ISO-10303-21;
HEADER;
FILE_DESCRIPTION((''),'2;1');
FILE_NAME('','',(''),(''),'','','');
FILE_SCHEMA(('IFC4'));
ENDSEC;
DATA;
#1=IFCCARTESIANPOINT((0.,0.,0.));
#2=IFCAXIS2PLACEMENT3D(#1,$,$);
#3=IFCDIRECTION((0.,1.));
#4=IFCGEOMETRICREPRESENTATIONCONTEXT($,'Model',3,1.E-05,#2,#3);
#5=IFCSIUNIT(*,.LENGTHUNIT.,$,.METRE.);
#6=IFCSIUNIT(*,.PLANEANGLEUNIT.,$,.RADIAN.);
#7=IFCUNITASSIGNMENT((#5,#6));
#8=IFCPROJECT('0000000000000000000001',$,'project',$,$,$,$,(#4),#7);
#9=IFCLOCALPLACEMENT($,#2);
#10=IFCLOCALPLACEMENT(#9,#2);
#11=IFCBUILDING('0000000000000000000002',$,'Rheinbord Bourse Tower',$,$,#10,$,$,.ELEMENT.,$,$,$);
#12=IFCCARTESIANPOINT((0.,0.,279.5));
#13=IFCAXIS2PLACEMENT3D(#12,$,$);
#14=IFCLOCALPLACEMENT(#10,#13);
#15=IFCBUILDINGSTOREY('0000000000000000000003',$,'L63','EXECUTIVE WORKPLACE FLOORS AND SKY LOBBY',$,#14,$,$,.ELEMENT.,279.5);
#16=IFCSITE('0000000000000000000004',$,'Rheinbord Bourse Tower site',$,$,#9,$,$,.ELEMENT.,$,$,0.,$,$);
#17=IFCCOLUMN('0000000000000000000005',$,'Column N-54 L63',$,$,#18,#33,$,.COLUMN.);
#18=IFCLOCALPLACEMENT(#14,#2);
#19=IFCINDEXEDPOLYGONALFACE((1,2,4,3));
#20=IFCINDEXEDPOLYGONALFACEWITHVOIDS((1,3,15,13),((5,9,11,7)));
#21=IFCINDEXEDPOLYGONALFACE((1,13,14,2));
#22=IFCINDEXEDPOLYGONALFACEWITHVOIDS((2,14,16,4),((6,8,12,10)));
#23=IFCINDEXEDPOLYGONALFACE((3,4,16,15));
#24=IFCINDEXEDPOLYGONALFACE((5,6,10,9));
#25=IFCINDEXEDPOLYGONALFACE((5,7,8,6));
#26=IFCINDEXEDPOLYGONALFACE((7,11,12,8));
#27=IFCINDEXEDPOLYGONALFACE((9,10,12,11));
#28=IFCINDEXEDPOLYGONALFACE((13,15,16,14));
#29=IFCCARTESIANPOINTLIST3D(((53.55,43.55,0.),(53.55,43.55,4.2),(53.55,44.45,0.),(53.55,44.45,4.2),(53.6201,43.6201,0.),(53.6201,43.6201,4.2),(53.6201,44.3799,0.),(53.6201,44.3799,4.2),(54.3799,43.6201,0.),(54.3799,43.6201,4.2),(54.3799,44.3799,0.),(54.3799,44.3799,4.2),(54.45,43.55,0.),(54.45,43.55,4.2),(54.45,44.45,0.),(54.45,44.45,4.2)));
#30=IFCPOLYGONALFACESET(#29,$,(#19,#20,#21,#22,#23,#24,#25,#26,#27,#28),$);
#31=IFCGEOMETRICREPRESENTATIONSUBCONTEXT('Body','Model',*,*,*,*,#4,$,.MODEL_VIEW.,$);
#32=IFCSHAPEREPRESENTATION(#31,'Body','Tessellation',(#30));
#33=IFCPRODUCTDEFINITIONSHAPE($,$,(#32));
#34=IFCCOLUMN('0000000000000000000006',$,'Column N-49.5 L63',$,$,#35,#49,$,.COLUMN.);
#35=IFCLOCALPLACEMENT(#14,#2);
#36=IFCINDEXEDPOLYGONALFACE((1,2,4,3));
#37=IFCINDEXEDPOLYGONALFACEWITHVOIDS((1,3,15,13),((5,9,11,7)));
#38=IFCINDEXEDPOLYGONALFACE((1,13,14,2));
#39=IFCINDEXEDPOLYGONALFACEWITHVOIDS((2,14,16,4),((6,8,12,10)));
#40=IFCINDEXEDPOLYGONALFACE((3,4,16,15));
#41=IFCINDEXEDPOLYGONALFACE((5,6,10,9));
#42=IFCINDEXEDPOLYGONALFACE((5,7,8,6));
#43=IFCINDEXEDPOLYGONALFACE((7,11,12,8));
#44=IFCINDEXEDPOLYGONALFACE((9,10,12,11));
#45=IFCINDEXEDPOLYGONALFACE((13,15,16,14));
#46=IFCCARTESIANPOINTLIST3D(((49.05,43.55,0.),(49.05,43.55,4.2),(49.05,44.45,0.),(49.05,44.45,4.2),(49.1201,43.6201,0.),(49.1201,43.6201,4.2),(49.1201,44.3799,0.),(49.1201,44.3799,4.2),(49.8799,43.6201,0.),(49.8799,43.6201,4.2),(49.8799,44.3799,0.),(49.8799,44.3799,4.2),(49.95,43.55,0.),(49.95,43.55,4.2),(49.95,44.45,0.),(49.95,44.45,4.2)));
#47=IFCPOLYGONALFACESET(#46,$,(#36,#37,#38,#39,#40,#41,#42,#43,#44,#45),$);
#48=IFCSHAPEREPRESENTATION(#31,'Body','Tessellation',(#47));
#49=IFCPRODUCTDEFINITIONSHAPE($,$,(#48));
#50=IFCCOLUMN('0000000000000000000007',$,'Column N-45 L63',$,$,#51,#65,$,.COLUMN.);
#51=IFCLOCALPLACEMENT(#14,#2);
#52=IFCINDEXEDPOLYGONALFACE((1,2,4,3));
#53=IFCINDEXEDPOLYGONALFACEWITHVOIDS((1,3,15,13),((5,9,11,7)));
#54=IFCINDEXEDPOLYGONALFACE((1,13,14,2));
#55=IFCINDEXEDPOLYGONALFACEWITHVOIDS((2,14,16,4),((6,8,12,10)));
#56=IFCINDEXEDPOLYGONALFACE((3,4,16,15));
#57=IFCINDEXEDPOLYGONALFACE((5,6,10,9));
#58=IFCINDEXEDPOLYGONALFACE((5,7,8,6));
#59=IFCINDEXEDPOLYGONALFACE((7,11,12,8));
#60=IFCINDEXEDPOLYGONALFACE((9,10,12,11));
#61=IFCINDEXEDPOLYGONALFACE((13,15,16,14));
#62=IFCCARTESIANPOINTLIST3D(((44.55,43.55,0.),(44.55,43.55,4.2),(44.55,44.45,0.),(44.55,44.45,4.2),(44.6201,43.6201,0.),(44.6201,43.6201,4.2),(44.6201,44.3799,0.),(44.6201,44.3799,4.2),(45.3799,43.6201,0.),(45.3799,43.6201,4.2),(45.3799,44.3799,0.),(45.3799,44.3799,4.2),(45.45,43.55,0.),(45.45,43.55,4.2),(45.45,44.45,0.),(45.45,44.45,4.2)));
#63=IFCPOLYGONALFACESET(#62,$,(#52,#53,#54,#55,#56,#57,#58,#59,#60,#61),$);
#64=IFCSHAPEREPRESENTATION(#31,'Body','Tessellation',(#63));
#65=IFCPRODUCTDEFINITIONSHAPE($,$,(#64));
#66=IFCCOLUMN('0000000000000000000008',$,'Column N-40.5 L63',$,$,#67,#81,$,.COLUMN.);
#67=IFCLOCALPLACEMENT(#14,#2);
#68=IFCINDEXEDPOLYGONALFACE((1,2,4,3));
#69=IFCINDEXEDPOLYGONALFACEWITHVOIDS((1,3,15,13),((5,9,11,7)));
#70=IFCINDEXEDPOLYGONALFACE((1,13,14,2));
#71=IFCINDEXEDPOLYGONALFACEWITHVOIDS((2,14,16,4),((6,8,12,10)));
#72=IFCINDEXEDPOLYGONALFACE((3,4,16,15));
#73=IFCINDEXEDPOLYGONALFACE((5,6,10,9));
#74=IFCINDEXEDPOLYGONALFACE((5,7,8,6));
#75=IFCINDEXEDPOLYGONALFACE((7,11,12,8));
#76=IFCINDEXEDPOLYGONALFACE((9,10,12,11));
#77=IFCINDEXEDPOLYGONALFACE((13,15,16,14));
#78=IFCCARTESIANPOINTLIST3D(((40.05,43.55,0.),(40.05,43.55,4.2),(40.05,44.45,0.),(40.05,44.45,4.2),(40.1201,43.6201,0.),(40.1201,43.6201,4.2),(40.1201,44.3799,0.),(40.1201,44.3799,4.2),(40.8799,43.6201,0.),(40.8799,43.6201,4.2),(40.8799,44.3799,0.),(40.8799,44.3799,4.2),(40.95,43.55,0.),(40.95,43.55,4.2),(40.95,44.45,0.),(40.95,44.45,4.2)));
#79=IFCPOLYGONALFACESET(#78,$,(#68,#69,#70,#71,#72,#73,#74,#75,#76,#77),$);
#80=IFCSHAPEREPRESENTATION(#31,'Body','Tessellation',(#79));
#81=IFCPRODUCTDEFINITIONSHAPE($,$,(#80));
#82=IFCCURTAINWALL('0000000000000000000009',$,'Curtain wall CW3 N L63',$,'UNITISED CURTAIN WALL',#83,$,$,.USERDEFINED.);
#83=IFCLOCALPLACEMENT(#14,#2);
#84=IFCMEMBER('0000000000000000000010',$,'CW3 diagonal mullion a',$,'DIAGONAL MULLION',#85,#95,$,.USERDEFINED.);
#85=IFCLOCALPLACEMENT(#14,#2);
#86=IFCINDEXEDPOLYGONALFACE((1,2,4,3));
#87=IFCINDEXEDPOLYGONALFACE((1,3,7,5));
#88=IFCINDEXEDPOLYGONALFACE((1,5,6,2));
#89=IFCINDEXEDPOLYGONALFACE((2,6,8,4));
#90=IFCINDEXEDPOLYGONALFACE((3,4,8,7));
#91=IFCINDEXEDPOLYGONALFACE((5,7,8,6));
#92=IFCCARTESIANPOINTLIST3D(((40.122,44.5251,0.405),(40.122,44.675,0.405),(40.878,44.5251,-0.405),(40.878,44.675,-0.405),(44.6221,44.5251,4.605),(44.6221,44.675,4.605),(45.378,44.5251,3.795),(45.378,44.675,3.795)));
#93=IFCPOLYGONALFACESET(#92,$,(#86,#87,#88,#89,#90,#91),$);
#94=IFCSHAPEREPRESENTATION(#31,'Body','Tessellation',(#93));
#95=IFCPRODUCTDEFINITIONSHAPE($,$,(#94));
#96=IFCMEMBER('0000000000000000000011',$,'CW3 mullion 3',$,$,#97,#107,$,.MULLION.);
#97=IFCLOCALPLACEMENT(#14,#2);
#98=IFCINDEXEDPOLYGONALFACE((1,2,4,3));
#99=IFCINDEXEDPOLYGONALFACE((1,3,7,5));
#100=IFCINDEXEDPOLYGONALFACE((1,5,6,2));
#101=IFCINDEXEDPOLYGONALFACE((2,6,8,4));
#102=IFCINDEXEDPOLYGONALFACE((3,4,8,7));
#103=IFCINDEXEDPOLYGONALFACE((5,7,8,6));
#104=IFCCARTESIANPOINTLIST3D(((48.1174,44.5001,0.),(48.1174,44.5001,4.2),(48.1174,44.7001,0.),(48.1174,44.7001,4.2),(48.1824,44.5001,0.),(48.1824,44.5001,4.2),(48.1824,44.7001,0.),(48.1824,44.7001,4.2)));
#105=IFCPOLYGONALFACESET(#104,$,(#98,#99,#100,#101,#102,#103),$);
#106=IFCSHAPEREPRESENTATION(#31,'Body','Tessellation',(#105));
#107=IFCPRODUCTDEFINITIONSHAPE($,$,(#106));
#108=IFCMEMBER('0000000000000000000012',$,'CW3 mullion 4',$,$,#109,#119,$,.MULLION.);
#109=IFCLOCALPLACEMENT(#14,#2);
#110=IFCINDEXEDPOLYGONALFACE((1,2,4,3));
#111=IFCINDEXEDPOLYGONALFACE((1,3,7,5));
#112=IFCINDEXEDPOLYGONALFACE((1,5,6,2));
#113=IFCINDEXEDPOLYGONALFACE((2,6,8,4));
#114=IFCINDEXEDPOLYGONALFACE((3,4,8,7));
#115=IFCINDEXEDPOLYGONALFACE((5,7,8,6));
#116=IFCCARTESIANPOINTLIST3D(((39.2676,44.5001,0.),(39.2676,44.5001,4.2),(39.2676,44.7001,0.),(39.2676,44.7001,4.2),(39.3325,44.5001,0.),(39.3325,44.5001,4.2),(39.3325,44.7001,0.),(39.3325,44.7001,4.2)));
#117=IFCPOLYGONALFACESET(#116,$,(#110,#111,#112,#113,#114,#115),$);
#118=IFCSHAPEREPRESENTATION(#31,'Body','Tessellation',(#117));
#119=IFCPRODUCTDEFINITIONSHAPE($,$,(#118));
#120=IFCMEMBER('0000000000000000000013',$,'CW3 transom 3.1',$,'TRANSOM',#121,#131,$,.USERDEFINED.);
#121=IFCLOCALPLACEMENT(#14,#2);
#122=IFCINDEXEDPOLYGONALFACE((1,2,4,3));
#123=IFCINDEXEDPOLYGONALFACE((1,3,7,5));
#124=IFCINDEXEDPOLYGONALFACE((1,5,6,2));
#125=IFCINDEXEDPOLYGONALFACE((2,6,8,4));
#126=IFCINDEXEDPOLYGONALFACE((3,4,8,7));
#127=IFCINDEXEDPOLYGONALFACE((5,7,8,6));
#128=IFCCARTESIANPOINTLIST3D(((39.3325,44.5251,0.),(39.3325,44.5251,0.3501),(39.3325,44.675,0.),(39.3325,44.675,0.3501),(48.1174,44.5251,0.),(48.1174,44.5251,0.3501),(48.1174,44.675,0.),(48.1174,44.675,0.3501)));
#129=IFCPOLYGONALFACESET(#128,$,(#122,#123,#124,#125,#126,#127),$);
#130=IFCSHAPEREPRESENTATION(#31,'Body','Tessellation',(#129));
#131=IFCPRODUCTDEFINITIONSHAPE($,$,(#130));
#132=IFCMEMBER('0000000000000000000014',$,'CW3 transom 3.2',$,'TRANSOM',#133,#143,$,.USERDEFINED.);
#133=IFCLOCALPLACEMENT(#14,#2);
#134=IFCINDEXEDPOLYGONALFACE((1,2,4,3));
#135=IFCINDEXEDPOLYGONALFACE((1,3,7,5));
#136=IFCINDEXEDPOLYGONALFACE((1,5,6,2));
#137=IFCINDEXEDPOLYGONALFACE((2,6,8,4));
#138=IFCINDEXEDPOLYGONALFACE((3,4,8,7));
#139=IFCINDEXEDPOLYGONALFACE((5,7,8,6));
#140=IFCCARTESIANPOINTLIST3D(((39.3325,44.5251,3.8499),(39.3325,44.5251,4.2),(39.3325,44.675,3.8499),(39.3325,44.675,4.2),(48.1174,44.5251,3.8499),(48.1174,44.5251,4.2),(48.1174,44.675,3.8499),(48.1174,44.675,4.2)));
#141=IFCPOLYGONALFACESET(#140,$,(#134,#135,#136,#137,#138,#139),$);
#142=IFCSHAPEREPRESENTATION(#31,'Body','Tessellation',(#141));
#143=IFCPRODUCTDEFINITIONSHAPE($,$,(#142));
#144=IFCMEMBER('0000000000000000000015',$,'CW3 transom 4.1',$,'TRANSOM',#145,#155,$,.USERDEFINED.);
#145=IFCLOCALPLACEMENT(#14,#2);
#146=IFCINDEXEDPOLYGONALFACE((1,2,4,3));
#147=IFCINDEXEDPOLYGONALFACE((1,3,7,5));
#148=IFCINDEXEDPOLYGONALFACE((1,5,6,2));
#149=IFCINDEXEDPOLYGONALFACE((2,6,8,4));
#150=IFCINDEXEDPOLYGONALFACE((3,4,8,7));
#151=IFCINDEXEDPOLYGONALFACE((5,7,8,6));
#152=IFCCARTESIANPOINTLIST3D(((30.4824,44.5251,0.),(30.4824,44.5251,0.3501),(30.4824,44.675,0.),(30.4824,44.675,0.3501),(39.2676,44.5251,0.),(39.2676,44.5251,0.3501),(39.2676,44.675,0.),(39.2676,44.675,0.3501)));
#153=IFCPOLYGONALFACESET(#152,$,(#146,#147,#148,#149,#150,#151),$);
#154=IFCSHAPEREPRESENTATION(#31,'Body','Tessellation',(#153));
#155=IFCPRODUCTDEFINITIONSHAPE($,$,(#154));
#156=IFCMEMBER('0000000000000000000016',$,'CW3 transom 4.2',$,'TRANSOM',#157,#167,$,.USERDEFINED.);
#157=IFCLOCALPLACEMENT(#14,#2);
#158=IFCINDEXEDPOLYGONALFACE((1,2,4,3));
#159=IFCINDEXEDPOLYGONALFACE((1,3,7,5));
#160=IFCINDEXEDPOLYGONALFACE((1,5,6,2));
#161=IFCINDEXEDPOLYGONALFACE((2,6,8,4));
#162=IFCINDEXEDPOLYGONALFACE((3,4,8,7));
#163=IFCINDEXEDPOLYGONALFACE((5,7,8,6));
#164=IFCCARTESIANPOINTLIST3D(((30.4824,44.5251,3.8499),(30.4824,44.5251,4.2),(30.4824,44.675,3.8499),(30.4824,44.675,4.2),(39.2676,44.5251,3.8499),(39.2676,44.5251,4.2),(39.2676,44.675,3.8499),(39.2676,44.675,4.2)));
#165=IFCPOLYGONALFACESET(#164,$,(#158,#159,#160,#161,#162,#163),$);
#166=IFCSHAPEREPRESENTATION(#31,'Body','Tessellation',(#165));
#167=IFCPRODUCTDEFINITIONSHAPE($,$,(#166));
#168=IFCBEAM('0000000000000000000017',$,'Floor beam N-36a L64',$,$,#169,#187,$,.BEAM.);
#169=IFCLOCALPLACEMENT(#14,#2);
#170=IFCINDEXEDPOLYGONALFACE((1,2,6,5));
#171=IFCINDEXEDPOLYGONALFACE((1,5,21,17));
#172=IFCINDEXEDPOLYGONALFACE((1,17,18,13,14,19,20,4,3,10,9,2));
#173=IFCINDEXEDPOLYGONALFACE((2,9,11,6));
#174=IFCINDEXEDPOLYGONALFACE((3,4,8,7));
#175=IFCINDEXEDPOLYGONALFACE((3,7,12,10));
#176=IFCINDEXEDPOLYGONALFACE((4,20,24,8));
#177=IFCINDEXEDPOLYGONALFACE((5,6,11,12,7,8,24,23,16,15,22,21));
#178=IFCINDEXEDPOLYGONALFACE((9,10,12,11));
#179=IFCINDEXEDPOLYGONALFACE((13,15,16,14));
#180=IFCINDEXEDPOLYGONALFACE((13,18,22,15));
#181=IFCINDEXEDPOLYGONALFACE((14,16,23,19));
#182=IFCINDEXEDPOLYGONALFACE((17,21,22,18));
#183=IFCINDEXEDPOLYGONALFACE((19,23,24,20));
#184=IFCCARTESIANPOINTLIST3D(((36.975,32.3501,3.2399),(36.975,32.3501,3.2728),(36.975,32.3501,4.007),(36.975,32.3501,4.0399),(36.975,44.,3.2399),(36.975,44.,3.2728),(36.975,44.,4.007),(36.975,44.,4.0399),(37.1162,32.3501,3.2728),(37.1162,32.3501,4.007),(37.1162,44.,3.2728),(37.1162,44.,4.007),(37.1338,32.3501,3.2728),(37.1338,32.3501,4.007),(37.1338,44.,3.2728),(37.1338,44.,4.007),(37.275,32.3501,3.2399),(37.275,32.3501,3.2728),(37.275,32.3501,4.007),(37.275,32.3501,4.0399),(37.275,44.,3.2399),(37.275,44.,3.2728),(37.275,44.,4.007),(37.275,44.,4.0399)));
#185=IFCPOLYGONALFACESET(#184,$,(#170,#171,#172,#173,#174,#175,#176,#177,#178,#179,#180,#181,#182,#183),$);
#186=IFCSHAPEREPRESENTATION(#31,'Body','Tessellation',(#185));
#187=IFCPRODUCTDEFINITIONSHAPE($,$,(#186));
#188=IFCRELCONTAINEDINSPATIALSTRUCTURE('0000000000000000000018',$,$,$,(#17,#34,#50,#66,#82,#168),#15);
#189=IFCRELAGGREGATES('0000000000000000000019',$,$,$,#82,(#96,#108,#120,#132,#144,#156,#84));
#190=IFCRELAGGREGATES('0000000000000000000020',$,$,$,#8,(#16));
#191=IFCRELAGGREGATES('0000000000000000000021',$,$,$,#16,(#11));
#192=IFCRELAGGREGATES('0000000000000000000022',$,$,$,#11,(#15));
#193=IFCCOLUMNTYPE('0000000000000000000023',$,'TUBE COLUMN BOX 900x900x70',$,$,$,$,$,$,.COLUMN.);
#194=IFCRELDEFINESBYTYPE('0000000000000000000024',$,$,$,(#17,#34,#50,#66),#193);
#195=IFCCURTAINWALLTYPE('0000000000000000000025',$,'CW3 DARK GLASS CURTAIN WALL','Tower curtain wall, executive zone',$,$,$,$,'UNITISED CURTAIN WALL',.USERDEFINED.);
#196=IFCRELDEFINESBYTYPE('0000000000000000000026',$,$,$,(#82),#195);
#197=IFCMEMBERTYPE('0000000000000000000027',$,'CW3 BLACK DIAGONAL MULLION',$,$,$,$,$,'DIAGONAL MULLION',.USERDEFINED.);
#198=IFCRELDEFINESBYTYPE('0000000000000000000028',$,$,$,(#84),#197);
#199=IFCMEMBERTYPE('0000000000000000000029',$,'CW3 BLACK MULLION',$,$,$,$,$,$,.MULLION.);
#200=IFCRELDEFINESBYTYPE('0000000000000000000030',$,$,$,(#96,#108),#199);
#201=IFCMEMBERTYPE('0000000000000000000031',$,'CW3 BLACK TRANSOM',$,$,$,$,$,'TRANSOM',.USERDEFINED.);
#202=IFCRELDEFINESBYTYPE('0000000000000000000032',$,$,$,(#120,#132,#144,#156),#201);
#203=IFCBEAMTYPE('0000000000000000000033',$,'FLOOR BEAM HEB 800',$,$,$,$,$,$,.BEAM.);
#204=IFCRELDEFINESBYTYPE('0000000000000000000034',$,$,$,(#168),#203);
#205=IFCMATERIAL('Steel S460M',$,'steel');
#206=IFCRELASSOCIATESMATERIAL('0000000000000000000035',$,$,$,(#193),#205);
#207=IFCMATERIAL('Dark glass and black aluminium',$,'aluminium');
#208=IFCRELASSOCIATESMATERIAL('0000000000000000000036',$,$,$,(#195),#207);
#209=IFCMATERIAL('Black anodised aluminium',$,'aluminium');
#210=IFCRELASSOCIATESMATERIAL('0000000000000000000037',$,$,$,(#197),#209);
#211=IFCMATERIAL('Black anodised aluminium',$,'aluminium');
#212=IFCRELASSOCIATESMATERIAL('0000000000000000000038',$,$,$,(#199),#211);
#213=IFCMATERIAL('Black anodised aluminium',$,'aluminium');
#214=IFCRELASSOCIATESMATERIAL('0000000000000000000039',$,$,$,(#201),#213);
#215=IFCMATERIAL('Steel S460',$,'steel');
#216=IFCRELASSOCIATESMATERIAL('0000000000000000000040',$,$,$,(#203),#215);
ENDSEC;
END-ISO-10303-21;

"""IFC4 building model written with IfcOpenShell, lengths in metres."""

from ifc_helpers import new_model, si_unit, direction, frame, origin, origin_2d, place, context, subcontext, project, spatial, rectangle, hollow_rectangle, i_section, extrude, material, material_profile, profile_set, type_object, element, aggregate, save


model = new_model("IFC4")

# Units and contexts
model_context = context("Model", 3, precision=1e-05, world=origin(), true_north=direction((0.0, 1.0)))
body_context = subcontext(model_context, "Body", "Model", "MODEL_VIEW")
ifc_project = project(units=[si_unit("LENGTHUNIT", "METRE"), si_unit("PLANEANGLEUNIT", "RADIAN")], contexts=[model_context])

# Site, building, storey
site_placement = place(None, origin())
site = spatial("IfcSite", under=ifc_project, at=site_placement, Name="Rheinbord Bourse Tower site", CompositionType="ELEMENT", RefElevation=0.0)
building_placement = place(site_placement, origin())
building = spatial("IfcBuilding", under=site, at=building_placement, Name="Rheinbord Bourse Tower", CompositionType="ELEMENT")
storey_placement = place(building_placement, frame((0.0, 0.0, 279.5)))
storey = spatial("IfcBuildingStorey", under=building, at=storey_placement, Name="L63", Description="EXECUTIVE WORKPLACE FLOORS AND SKY LOBBY", CompositionType="ELEMENT", Elevation=279.5)

# Columns
ifc_material_1 = material(Name="Steel S460M", Category="steel")
ifc_material_profile_1 = material_profile(ifc_material_1, hollow_rectangle(XDim=0.8999, YDim=0.8999, WallThickness=0.0701, at=origin_2d()), Name="BOX 900x900x70")
ifc_profile_set_1 = profile_set([ifc_material_profile_1], Name="Steel S460M")
column_type = type_object("IfcColumnType", Name="TUBE COLUMN BOX 900x900x70", PredefinedType="COLUMN", material=ifc_profile_set_1)
for number, where, z_axis, x_axis, name in (
    (1, (54.0, 44.0, 0.0), (0.0, 0.0, 1.0), (0.0, 1.0, 0.0), "Column N-54 L63"),
    (2, (49.5, 44.0, 0.0), (0.0, 0.0, 1.0), (0.0, 1.0, 0.0), "Column N-49.5 L63"),
    (3, (45.0, 44.0, 0.0), (0.0, 0.0, 1.0), (0.0, 1.0, 0.0), "Column N-45 L63"),
    (4, (40.5, 44.0, 0.0), (0.0, 0.0, 1.0), (0.0, 1.0, 0.0), "Column N-40.5 L63"),
):
    element("IfcColumn", number, at=place(storey_placement, frame(where, z_axis=z_axis, x_axis=x_axis)), inside=storey, type_object=column_type, Name=name, PredefinedType="COLUMN", context=body_context, shape_type="SweptSolid", body=[
        extrude(hollow_rectangle(XDim=0.8999, YDim=0.8999, WallThickness=0.0701, at=origin_2d()), origin(), (0.0, 0.0, 1.0), 4.2),
    ])

# Curtain wall, members
ifc_material_2 = material(Name="Dark glass and black aluminium", Category="aluminium")
curtain_wall_type = type_object("IfcCurtainWallType", Name="CW3 DARK GLASS CURTAIN WALL", Description="Tower curtain wall, executive zone", ElementType="UNITISED CURTAIN WALL", PredefinedType="USERDEFINED", material=ifc_material_2)
curtain_wall_placement = place(storey_placement, origin())
curtain_wall = element("IfcCurtainWall", 5, at=curtain_wall_placement, inside=storey, type_object=curtain_wall_type, Name="Curtain wall CW3 N L63", ObjectType="UNITISED CURTAIN WALL", PredefinedType="USERDEFINED")
ifc_material_3 = material(Name="Black anodised aluminium", Category="aluminium")
ifc_material_profile_2 = material_profile(ifc_material_3, rectangle(XDim=0.1499, YDim=1.1079, at=origin_2d()), Name="CW3 DIAGONAL MULLION 1108x150")
ifc_profile_set_2 = profile_set([ifc_material_profile_2], Name="Black anodised aluminium")
member_type_1 = type_object("IfcMemberType", Name="CW3 BLACK DIAGONAL MULLION", ElementType="DIAGONAL MULLION", PredefinedType="USERDEFINED", material=ifc_profile_set_2)
member_1_placement = place(storey_placement, frame((40.5, 44.6001, 0.0), z_axis=(0.731059, 0.0, 0.682314), x_axis=(0.0, 1.0, 0.0)))
member_1 = element("IfcMember", 6, at=member_1_placement, type_object=member_type_1, Name="CW3 diagonal mullion a", ObjectType="DIAGONAL MULLION", PredefinedType="USERDEFINED", context=body_context, shape_type="SweptSolid", body=[
    extrude(rectangle(XDim=0.1499, YDim=1.1079, at=origin_2d()), origin(), (0.0, 0.0, 1.0), 6.1555),
])
ifc_material_4 = material(Name="Black anodised aluminium", Category="aluminium")
ifc_material_profile_3 = material_profile(ifc_material_4, rectangle(XDim=0.2, YDim=0.0649, at=origin_2d()), Name="CW3 MULLION 65x200")
ifc_profile_set_3 = profile_set([ifc_material_profile_3], Name="Black anodised aluminium")
member_type_2 = type_object("IfcMemberType", Name="CW3 BLACK MULLION", PredefinedType="MULLION", material=ifc_profile_set_3)
member_2_placement = place(storey_placement, frame((48.1499, 44.6001, 0.0), z_axis=(0.0, 0.0, 1.0), x_axis=(0.0, -1.0, 0.0)))
member_2 = element("IfcMember", 7, at=member_2_placement, type_object=member_type_2, Name="CW3 mullion 3", PredefinedType="MULLION", context=body_context, shape_type="SweptSolid", body=[
    extrude(rectangle(XDim=0.2, YDim=0.0649, at=origin_2d()), origin(), (0.0, 0.0, 1.0), 4.2),
])
member_3_placement = place(storey_placement, frame((39.3, 44.6001, 0.0), z_axis=(0.0, 0.0, 1.0), x_axis=(0.0, -1.0, 0.0)))
member_3 = element("IfcMember", 8, at=member_3_placement, type_object=member_type_2, Name="CW3 mullion 4", PredefinedType="MULLION", context=body_context, shape_type="SweptSolid", body=[
    extrude(rectangle(XDim=0.2, YDim=0.0649, at=origin_2d()), origin(), (0.0, 0.0, 1.0), 4.2),
])
ifc_material_5 = material(Name="Black anodised aluminium", Category="aluminium")
ifc_material_profile_4 = material_profile(ifc_material_5, rectangle(XDim=0.1499, YDim=0.3501, at=origin_2d()), Name="CW3 TRANSOM 350x150")
ifc_profile_set_4 = profile_set([ifc_material_profile_4], Name="Black anodised aluminium")
member_type_3 = type_object("IfcMemberType", Name="CW3 BLACK TRANSOM", ElementType="TRANSOM", PredefinedType="USERDEFINED", material=ifc_profile_set_4)
member_4_placement = place(storey_placement, frame((48.1174, 44.6001, 0.175), z_axis=(-1.0, 0.0, 0.0), x_axis=(0.0, -1.0, 0.0)))
member_4 = element("IfcMember", 9, at=member_4_placement, type_object=member_type_3, Name="CW3 transom 3.1", ObjectType="TRANSOM", PredefinedType="USERDEFINED", context=body_context, shape_type="SweptSolid", body=[
    extrude(rectangle(XDim=0.1499, YDim=0.3501, at=origin_2d()), origin(), (0.0, 0.0, 1.0), 8.7849),
])
member_5_placement = place(storey_placement, frame((48.1174, 44.6001, 4.0249), z_axis=(-1.0, 0.0, 0.0), x_axis=(0.0, -1.0, 0.0)))
member_5 = element("IfcMember", 10, at=member_5_placement, type_object=member_type_3, Name="CW3 transom 3.2", ObjectType="TRANSOM", PredefinedType="USERDEFINED", context=body_context, shape_type="SweptSolid", body=[
    extrude(rectangle(XDim=0.1499, YDim=0.3501, at=origin_2d()), origin(), (0.0, 0.0, 1.0), 8.7849),
])
member_6_placement = place(storey_placement, frame((39.2676, 44.6001, 0.175), z_axis=(-1.0, 0.0, 0.0), x_axis=(0.0, -1.0, 0.0)))
member_6 = element("IfcMember", 11, at=member_6_placement, type_object=member_type_3, Name="CW3 transom 4.1", ObjectType="TRANSOM", PredefinedType="USERDEFINED", context=body_context, shape_type="SweptSolid", body=[
    extrude(rectangle(XDim=0.1499, YDim=0.3501, at=origin_2d()), origin(), (0.0, 0.0, 1.0), 8.7852),
])
member_7_placement = place(storey_placement, frame((39.2676, 44.6001, 4.0249), z_axis=(-1.0, 0.0, 0.0), x_axis=(0.0, -1.0, 0.0)))
member_7 = element("IfcMember", 12, at=member_7_placement, type_object=member_type_3, Name="CW3 transom 4.2", ObjectType="TRANSOM", PredefinedType="USERDEFINED", context=body_context, shape_type="SweptSolid", body=[
    extrude(rectangle(XDim=0.1499, YDim=0.3501, at=origin_2d()), origin(), (0.0, 0.0, 1.0), 8.7852),
])

# Beam
ifc_material_6 = material(Name="Steel S460", Category="steel")
ifc_material_profile_5 = material_profile(ifc_material_6, i_section(OverallWidth=0.3, OverallDepth=0.8, WebThickness=0.0176, FlangeThickness=0.033, at=origin_2d()), Name="HEB 800")
ifc_profile_set_5 = profile_set([ifc_material_profile_5], Name="Steel S460")
beam_type_1 = type_object("IfcBeamType", Name="FLOOR BEAM HEB 800", PredefinedType="BEAM", material=ifc_profile_set_5)
for number, where, z_axis, x_axis, name in (
    (13, (37.125, 44.0, 3.6399), (0.0, -1.0, 0.0), (1.0, 0.0, 0.0), "Floor beam N-36a L64"),
):
    element("IfcBeam", number, at=place(storey_placement, frame(where, z_axis=z_axis, x_axis=x_axis)), inside=storey, type_object=beam_type_1, Name=name, PredefinedType="BEAM", context=body_context, shape_type="SweptSolid", body=[
        extrude(i_section(OverallWidth=0.3, OverallDepth=0.8, WebThickness=0.0176, FlangeThickness=0.033, at=origin_2d()), origin(), (0.0, 0.0, 1.0), 11.6499),
    ])

aggregate(curtain_wall, [member_2, member_3, member_4, member_5, member_6, member_7, member_1])

save(model, "model.ifc")
